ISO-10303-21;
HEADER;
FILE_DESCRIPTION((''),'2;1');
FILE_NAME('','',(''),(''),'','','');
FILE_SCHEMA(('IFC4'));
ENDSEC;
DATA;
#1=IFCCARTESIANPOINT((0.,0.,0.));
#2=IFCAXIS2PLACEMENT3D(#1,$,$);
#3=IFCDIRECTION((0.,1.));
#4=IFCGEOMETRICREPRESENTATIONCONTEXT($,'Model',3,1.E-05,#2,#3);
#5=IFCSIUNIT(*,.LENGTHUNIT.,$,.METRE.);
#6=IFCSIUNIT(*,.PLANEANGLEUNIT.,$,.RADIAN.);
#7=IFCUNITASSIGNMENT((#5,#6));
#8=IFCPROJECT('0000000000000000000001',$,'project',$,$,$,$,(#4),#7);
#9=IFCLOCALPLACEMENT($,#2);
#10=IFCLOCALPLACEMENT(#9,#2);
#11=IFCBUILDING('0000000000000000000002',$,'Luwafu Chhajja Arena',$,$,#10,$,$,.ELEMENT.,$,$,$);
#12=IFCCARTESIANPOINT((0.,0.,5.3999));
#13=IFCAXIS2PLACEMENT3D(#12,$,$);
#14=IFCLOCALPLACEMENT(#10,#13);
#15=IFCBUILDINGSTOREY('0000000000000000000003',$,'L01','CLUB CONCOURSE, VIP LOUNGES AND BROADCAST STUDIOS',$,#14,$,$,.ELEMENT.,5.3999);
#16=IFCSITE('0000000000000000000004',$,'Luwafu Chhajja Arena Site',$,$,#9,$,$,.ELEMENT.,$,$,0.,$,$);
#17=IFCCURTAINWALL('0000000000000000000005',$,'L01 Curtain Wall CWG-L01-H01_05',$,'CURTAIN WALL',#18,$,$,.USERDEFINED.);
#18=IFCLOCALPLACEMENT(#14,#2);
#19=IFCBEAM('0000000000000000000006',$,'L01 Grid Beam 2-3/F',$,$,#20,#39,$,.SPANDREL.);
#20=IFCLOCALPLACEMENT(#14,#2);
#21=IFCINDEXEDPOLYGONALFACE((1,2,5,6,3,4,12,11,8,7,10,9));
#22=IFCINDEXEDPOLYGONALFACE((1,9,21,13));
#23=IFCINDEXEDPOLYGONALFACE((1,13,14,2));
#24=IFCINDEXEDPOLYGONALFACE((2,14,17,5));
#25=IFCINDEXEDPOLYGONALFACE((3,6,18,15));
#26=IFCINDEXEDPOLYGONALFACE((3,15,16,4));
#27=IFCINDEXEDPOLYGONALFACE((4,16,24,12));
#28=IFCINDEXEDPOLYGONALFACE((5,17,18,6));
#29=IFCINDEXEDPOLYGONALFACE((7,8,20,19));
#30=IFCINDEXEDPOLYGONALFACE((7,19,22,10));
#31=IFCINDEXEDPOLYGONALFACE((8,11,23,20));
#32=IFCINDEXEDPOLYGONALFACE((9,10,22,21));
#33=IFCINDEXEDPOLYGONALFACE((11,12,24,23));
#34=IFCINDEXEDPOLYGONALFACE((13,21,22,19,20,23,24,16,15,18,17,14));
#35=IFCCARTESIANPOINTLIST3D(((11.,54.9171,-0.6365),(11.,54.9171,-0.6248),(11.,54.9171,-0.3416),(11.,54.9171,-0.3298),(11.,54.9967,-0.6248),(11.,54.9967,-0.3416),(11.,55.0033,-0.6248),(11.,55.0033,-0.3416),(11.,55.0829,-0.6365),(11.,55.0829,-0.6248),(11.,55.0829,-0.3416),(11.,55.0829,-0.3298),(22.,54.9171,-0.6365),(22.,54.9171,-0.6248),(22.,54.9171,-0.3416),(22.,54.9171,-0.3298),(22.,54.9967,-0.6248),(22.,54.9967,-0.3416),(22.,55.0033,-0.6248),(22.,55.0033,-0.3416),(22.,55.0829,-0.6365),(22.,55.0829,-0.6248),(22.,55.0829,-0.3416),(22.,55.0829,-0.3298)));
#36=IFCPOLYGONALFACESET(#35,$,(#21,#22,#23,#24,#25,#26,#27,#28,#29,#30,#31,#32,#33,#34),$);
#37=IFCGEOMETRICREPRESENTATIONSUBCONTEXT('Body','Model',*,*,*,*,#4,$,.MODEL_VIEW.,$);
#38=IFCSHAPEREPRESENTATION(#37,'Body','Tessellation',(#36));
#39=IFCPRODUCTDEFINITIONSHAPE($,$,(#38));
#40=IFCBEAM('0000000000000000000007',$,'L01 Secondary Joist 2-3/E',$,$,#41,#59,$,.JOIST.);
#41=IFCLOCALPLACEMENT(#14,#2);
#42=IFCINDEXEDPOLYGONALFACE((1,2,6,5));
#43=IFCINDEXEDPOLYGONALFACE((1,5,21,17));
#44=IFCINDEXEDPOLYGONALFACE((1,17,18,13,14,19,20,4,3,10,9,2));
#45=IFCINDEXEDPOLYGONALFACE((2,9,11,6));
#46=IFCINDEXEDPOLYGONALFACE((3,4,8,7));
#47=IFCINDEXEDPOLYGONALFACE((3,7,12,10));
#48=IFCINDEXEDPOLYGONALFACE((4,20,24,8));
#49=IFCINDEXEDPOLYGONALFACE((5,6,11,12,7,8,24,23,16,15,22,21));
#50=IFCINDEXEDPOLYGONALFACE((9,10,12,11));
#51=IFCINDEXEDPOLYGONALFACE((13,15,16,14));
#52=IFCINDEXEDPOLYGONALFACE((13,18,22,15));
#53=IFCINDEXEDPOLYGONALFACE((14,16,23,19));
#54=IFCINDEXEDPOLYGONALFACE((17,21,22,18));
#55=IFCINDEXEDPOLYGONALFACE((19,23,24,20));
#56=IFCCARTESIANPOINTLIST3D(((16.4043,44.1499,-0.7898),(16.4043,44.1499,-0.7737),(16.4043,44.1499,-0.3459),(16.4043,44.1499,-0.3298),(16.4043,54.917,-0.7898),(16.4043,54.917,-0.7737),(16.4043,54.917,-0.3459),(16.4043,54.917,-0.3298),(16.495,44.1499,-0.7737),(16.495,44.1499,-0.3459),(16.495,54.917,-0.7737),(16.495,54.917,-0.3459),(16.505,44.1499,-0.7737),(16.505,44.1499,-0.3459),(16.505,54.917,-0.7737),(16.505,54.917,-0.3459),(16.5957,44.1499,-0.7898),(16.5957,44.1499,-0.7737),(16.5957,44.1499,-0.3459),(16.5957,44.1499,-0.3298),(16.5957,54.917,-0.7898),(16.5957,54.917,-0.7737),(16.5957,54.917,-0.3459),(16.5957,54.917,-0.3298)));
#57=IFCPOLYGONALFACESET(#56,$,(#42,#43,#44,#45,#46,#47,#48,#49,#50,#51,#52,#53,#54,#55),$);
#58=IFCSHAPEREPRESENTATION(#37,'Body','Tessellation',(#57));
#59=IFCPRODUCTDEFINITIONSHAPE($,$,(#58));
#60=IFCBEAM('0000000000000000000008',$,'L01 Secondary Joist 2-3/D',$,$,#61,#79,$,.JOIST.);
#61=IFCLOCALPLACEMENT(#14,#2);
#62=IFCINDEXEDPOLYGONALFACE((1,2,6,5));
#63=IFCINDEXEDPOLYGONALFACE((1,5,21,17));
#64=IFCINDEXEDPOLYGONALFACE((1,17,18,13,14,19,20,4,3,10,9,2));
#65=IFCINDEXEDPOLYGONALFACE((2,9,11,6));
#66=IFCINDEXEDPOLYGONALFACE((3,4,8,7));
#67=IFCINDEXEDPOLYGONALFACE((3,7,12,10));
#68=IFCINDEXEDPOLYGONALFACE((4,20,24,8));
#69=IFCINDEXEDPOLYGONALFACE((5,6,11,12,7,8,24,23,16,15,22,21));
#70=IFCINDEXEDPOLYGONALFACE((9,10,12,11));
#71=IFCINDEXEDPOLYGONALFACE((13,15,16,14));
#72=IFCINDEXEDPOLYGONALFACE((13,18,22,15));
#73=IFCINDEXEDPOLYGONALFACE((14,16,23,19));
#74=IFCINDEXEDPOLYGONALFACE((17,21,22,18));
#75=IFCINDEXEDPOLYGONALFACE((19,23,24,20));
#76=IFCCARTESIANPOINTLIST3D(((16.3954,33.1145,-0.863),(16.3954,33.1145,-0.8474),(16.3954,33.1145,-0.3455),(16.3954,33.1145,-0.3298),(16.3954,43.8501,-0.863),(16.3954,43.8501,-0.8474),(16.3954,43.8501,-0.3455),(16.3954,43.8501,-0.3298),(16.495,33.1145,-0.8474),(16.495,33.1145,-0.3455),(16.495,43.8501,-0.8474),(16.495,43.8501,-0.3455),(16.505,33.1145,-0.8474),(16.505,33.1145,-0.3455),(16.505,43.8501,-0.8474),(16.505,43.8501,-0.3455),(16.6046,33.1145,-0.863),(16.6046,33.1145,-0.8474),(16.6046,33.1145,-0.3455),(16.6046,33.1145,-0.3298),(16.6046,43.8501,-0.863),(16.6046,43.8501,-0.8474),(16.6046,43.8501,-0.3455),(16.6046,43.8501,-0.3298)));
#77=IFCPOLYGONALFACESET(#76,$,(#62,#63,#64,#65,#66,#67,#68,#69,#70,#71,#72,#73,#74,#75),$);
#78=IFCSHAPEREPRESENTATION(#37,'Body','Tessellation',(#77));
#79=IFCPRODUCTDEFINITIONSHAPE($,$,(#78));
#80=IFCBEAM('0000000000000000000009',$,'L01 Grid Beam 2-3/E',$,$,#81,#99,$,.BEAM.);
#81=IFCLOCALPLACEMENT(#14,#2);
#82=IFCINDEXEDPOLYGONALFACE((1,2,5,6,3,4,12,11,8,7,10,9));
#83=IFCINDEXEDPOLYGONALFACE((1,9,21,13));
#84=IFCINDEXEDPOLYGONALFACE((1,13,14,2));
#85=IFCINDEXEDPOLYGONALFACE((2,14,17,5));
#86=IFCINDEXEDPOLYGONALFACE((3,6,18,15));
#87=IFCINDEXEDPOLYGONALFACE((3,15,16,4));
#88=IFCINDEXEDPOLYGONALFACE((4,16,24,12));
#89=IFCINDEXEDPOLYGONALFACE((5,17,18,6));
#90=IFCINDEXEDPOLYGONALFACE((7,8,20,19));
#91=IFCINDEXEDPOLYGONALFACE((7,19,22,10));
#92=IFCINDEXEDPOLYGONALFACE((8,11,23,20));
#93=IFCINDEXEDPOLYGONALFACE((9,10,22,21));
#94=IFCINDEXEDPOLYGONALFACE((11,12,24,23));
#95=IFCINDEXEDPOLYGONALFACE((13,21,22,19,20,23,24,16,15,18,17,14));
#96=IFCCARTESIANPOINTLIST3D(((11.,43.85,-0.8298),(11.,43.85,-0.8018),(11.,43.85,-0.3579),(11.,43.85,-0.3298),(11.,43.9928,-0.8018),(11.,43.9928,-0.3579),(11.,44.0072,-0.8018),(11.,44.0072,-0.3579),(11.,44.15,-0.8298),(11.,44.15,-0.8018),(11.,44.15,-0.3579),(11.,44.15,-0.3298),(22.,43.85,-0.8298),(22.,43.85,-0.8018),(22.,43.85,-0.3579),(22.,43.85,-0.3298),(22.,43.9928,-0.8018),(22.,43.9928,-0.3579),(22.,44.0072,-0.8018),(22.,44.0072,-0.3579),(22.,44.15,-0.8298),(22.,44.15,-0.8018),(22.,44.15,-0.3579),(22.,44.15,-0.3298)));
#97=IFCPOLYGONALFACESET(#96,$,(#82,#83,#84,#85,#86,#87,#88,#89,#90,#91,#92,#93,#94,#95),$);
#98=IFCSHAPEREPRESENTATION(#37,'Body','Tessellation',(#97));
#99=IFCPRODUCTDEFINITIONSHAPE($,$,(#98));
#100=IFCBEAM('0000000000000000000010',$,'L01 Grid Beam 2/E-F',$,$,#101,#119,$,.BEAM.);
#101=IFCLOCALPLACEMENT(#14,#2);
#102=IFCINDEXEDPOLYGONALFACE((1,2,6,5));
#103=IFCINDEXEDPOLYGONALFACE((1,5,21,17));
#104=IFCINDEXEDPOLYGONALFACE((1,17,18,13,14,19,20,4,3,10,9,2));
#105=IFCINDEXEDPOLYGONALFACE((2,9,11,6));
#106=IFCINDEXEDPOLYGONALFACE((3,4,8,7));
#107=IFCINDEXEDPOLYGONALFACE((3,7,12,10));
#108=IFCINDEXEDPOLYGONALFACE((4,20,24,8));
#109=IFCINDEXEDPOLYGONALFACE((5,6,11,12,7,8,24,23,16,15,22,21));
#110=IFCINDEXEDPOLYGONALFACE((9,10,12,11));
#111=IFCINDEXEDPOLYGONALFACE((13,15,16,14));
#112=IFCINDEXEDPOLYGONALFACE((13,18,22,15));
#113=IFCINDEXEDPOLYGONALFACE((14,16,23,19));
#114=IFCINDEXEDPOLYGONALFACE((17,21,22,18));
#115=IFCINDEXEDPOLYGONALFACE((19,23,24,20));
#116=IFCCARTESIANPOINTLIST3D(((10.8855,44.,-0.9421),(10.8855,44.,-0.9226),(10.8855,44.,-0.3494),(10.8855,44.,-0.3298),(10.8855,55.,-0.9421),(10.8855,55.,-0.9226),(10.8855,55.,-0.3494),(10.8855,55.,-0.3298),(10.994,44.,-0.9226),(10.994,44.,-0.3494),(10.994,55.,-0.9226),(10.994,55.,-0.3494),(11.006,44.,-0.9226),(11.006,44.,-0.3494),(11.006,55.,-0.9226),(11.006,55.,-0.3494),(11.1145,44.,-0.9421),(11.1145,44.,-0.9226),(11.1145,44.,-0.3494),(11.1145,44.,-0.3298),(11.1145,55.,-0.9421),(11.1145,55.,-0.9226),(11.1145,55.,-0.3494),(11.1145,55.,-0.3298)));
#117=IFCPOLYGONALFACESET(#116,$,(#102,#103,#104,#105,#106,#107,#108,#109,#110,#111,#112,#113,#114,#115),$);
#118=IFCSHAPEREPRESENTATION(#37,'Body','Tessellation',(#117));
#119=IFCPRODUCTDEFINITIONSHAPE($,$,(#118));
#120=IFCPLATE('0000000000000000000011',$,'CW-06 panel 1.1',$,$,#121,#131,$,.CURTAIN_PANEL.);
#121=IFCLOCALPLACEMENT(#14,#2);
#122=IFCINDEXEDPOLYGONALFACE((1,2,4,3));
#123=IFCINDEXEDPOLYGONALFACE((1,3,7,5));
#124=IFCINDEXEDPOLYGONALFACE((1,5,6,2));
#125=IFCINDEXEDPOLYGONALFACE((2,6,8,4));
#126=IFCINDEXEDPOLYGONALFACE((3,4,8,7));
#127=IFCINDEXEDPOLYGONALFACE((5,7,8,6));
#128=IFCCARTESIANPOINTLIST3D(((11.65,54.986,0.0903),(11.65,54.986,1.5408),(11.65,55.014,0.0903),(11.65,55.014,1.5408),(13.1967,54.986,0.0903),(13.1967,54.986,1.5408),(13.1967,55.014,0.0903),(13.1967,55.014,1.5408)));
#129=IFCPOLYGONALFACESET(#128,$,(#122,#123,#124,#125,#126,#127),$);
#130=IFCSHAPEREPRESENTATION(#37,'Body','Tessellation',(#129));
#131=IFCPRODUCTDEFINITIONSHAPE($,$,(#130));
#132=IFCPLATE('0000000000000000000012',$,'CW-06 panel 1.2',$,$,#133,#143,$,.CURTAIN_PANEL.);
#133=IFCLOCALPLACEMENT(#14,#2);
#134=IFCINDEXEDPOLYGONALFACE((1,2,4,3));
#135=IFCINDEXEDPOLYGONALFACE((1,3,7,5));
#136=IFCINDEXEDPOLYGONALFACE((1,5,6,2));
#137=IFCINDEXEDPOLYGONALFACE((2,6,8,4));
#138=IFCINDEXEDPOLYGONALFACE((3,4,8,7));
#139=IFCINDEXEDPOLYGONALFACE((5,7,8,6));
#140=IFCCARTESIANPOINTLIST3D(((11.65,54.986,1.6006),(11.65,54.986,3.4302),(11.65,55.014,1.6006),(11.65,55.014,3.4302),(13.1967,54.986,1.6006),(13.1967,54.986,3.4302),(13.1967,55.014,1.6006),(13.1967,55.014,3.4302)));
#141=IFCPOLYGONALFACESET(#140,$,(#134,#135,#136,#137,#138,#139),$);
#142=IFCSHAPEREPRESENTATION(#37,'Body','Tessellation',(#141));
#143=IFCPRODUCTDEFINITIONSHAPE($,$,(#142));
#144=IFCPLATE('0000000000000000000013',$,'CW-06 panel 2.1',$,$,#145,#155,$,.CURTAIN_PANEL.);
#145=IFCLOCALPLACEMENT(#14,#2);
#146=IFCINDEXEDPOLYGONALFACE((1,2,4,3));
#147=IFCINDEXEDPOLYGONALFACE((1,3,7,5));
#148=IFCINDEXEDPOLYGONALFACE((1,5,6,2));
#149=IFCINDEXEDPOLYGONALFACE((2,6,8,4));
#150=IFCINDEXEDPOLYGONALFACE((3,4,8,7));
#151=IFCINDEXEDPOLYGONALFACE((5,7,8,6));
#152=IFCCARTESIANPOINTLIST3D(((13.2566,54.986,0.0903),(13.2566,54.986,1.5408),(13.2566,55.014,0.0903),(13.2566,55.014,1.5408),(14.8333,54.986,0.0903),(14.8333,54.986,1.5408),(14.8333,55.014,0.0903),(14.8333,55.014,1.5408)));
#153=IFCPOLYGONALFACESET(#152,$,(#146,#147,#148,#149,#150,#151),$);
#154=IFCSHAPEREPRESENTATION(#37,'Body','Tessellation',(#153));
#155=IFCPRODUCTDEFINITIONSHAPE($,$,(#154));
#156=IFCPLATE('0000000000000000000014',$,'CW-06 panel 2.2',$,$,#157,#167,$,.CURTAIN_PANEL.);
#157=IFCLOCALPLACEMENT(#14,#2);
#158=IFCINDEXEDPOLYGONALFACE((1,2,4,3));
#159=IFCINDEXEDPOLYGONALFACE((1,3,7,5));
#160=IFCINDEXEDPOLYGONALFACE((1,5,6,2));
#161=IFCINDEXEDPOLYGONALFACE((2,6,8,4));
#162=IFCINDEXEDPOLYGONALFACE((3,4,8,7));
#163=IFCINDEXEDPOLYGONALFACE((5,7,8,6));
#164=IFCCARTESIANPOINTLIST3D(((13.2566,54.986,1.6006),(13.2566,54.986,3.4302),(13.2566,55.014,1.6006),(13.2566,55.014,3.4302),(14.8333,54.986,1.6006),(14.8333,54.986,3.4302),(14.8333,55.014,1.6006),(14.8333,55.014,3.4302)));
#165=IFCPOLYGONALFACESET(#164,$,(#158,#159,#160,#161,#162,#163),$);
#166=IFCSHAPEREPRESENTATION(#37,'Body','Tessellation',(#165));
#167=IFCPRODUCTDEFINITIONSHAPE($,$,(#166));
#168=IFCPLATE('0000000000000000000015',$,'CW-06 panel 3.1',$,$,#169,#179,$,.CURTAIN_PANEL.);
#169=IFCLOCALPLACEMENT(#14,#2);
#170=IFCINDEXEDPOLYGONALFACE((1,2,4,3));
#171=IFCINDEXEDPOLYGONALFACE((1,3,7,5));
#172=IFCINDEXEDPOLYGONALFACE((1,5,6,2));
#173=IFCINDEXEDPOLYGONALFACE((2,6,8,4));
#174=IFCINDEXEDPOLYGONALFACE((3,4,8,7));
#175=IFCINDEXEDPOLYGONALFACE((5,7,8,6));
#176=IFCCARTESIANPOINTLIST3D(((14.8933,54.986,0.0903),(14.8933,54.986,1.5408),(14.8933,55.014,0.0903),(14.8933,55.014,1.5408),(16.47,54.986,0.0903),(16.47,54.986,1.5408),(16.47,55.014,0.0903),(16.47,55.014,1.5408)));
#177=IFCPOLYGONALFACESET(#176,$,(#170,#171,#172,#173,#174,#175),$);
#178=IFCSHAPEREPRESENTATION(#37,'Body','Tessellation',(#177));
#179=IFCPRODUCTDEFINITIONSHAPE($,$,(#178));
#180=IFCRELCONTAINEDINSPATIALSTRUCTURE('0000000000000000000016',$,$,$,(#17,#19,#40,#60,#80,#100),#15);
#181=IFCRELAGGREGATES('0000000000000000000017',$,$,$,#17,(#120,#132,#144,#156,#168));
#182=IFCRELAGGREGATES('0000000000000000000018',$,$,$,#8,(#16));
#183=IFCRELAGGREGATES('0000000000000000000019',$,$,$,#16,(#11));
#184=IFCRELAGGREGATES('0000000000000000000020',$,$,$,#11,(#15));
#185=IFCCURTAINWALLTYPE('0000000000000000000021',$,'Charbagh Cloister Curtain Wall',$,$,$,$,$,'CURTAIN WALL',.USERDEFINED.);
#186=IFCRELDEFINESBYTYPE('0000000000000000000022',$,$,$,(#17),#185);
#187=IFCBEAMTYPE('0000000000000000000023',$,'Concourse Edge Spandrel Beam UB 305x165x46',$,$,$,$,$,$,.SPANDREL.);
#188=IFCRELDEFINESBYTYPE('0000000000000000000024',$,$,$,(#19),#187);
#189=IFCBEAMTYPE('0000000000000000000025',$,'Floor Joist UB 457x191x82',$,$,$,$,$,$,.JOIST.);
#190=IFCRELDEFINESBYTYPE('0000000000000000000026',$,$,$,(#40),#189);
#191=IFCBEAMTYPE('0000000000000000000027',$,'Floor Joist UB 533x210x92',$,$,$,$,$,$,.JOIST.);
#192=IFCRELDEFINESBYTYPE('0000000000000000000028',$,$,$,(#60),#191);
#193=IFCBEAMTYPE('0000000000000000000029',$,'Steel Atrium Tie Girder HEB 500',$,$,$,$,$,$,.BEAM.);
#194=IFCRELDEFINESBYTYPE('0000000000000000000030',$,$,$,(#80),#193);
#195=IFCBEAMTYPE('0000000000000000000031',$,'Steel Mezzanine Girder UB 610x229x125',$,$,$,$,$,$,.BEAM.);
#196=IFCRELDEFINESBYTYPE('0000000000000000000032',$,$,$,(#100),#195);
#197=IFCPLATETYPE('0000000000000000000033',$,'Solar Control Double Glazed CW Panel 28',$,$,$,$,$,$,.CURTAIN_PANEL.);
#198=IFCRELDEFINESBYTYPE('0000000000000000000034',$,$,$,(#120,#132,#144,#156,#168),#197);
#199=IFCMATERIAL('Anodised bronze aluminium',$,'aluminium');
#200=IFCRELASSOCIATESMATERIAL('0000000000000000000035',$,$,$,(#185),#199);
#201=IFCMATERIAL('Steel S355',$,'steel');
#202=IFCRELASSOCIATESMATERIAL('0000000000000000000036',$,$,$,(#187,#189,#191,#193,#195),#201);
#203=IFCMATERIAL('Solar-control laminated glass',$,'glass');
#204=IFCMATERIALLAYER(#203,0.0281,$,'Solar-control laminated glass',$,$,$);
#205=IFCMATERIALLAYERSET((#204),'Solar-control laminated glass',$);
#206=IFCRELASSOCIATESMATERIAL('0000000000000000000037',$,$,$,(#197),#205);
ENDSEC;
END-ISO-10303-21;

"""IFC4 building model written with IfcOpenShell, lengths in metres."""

from ifc_helpers import new_model, si_unit, direction, frame, origin, origin_2d, place, context, subcontext, project, spatial, rectangle, i_section, extrude, material, layer, layer_set, material_profile, profile_set, type_object, element, aggregate, save


model = new_model("IFC4")

# Units and contexts
model_context = context("Model", 3, precision=1e-05, world=origin(), true_north=direction((0.0, 1.0)))
body_context = subcontext(model_context, "Body", "Model", "MODEL_VIEW")
ifc_project = project(units=[si_unit("LENGTHUNIT", "METRE"), si_unit("PLANEANGLEUNIT", "RADIAN")], contexts=[model_context])

# Site, building, storey
site_placement = place(None, origin())
site = spatial("IfcSite", under=ifc_project, at=site_placement, Name="Luwafu Chhajja Arena Site", CompositionType="ELEMENT", RefElevation=0.0)
building_placement = place(site_placement, origin())
building = spatial("IfcBuilding", under=site, at=building_placement, Name="Luwafu Chhajja Arena", CompositionType="ELEMENT")
storey_placement = place(building_placement, frame((0.0, 0.0, 5.3999)))
storey = spatial("IfcBuildingStorey", under=building, at=storey_placement, Name="L01", Description="CLUB CONCOURSE, VIP LOUNGES AND BROADCAST STUDIOS", CompositionType="ELEMENT", Elevation=5.3999)

# Curtain wall
ifc_material_1 = material(Name="Anodised bronze aluminium", Category="aluminium")
curtain_wall_type = type_object("IfcCurtainWallType", Name="Charbagh Cloister Curtain Wall", ElementType="CURTAIN WALL", PredefinedType="USERDEFINED", material=ifc_material_1)
curtain_wall_placement = place(storey_placement, origin())
curtain_wall = element("IfcCurtainWall", 1, at=curtain_wall_placement, inside=storey, type_object=curtain_wall_type, Name="L01 Curtain Wall CWG-L01-H01_05", ObjectType="CURTAIN WALL", PredefinedType="USERDEFINED")

# Beams
ifc_material_2 = material(Name="Steel S355", Category="steel")
ifc_material_profile_1 = material_profile(ifc_material_2, i_section(OverallWidth=0.1658, OverallDepth=0.3066, WebThickness=0.0066, FlangeThickness=0.0117, at=origin_2d()), Name="UB 305x165x46")
ifc_profile_set_1 = profile_set([ifc_material_profile_1], Name="Steel S355")
beam_type_1 = type_object("IfcBeamType", Name="Concourse Edge Spandrel Beam UB 305x165x46", PredefinedType="SPANDREL", material=ifc_profile_set_1)
beam_1_placement = place(storey_placement, frame((11.0, 55.0, -0.4832), z_axis=(1.0, 0.0, 0.0), x_axis=(0.0, 1.0, 0.0)))
element("IfcBeam", 2, at=beam_1_placement, inside=storey, type_object=beam_type_1, Name="L01 Grid Beam 2-3/F", PredefinedType="SPANDREL", context=body_context, shape_type="SweptSolid", body=[
    extrude(i_section(OverallWidth=0.1658, OverallDepth=0.3066, WebThickness=0.0066, FlangeThickness=0.0117, at=origin_2d()), origin(), (0.0, 0.0, 1.0), 11.0),
])
ifc_material_profile_2 = material_profile(ifc_material_2, i_section(OverallWidth=0.1914, OverallDepth=0.46, WebThickness=0.01, FlangeThickness=0.0161, at=origin_2d()), Name="UB 457x191x82")
ifc_profile_set_2 = profile_set([ifc_material_profile_2], Name="Steel S355")
beam_type_2 = type_object("IfcBeamType", Name="Floor Joist UB 457x191x82", PredefinedType="JOIST", material=ifc_profile_set_2)
beam_2_placement = place(storey_placement, frame((16.5, 44.1499, -0.5598), z_axis=(0.0, 1.0, 0.0), x_axis=(-1.0, 0.0, 0.0)))
element("IfcBeam", 3, at=beam_2_placement, inside=storey, type_object=beam_type_2, Name="L01 Secondary Joist 2-3/E", PredefinedType="JOIST", context=body_context, shape_type="SweptSolid", body=[
    extrude(i_section(OverallWidth=0.1914, OverallDepth=0.46, WebThickness=0.01, FlangeThickness=0.0161, at=origin_2d()), origin(), (0.0, 0.0, 1.0), 10.7671),
])
ifc_material_profile_3 = material_profile(ifc_material_2, i_section(OverallWidth=0.2092, OverallDepth=0.5332, WebThickness=0.01, FlangeThickness=0.0156, at=origin_2d()), Name="UB 533x210x92")
ifc_profile_set_3 = profile_set([ifc_material_profile_3], Name="Steel S355")
beam_type_3 = type_object("IfcBeamType", Name="Floor Joist UB 533x210x92", PredefinedType="JOIST", material=ifc_profile_set_3)
beam_3_placement = place(storey_placement, frame((16.5, 33.1145, -0.5964), z_axis=(0.0, 1.0, 0.0), x_axis=(-1.0, 0.0, 0.0)))
element("IfcBeam", 4, at=beam_3_placement, inside=storey, type_object=beam_type_3, Name="L01 Secondary Joist 2-3/D", PredefinedType="JOIST", context=body_context, shape_type="SweptSolid", body=[
    extrude(i_section(OverallWidth=0.2092, OverallDepth=0.5332, WebThickness=0.01, FlangeThickness=0.0156, at=origin_2d()), origin(), (0.0, 0.0, 1.0), 10.7356),
])
ifc_material_profile_4 = material_profile(ifc_material_2, i_section(OverallWidth=0.3, OverallDepth=0.5, WebThickness=0.0144, FlangeThickness=0.0281, at=origin_2d()), Name="HEB 500")
ifc_profile_set_4 = profile_set([ifc_material_profile_4], Name="Steel S355")
beam_type_4 = type_object("IfcBeamType", Name="Steel Atrium Tie Girder HEB 500", PredefinedType="BEAM", material=ifc_profile_set_4)
beam_4_placement = place(storey_placement, frame((11.0, 44.0, -0.5798), z_axis=(1.0, 0.0, 0.0), x_axis=(0.0, 1.0, 0.0)))
element("IfcBeam", 5, at=beam_4_placement, inside=storey, type_object=beam_type_4, Name="L01 Grid Beam 2-3/E", PredefinedType="BEAM", context=body_context, shape_type="SweptSolid", body=[
    extrude(i_section(OverallWidth=0.3, OverallDepth=0.5, WebThickness=0.0144, FlangeThickness=0.0281, at=origin_2d()), origin(), (0.0, 0.0, 1.0), 11.0),
])
ifc_material_profile_5 = material_profile(ifc_material_2, i_section(OverallWidth=0.229, OverallDepth=0.6123, WebThickness=0.012, FlangeThickness=0.0195, at=origin_2d()), Name="UB 610x229x125")
ifc_profile_set_5 = profile_set([ifc_material_profile_5], Name="Steel S355")
beam_type_5 = type_object("IfcBeamType", Name="Steel Mezzanine Girder UB 610x229x125", PredefinedType="BEAM", material=ifc_profile_set_5)
beam_5_placement = place(storey_placement, frame((11.0, 44.0, -0.636), z_axis=(0.0, 1.0, 0.0), x_axis=(-1.0, 0.0, 0.0)))
element("IfcBeam", 6, at=beam_5_placement, inside=storey, type_object=beam_type_5, Name="L01 Grid Beam 2/E-F", PredefinedType="BEAM", context=body_context, shape_type="SweptSolid", body=[
    extrude(i_section(OverallWidth=0.229, OverallDepth=0.6123, WebThickness=0.012, FlangeThickness=0.0195, at=origin_2d()), origin(), (0.0, 0.0, 1.0), 11.0),
])

# Plates
ifc_material_3 = material(Name="Solar-control laminated glass", Category="glass")
ifc_layer_1 = layer(ifc_material_3, 0.0281, Name="Solar-control laminated glass")
ifc_layer_set_1 = layer_set([ifc_layer_1], Name="Solar-control laminated glass")
plate_type = type_object("IfcPlateType", Name="Solar Control Double Glazed CW Panel 28", PredefinedType="CURTAIN_PANEL", material=ifc_layer_set_1)
plate_1_placement = place(storey_placement, frame((12.4233, 55.0, 0.0903), z_axis=(0.0, 0.0, 1.0), x_axis=(1.0, 0.0, 0.0)))
plate_1 = element("IfcPlate", 7, at=plate_1_placement, type_object=plate_type, Name="CW-06 panel 1.1", PredefinedType="CURTAIN_PANEL", context=body_context, shape_type="SweptSolid", body=[
    extrude(rectangle(XDim=1.5466, YDim=0.0281, at=origin_2d()), origin(), (0.0, 0.0, 1.0), 1.4504),
])
plate_2_placement = place(storey_placement, frame((12.4233, 55.0, 1.6006), z_axis=(0.0, 0.0, 1.0), x_axis=(1.0, 0.0, 0.0)))
plate_2 = element("IfcPlate", 8, at=plate_2_placement, type_object=plate_type, Name="CW-06 panel 1.2", PredefinedType="CURTAIN_PANEL", context=body_context, shape_type="SweptSolid", body=[
    extrude(rectangle(XDim=1.5466, YDim=0.0281, at=origin_2d()), origin(), (0.0, 0.0, 1.0), 1.8296),
])
plate_3_placement = place(storey_placement, frame((14.0449, 55.0, 0.0903), z_axis=(0.0, 0.0, 1.0), x_axis=(1.0, 0.0, 0.0)))
plate_3 = element("IfcPlate", 9, at=plate_3_placement, type_object=plate_type, Name="CW-06 panel 2.1", PredefinedType="CURTAIN_PANEL", context=body_context, shape_type="SweptSolid", body=[
    extrude(rectangle(XDim=1.5767, YDim=0.0281, at=origin_2d()), origin(), (0.0, 0.0, 1.0), 1.4504),
])
plate_4_placement = place(storey_placement, frame((14.0449, 55.0, 1.6006), z_axis=(0.0, 0.0, 1.0), x_axis=(1.0, 0.0, 0.0)))
plate_4 = element("IfcPlate", 10, at=plate_4_placement, type_object=plate_type, Name="CW-06 panel 2.2", PredefinedType="CURTAIN_PANEL", context=body_context, shape_type="SweptSolid", body=[
    extrude(rectangle(XDim=1.5767, YDim=0.0281, at=origin_2d()), origin(), (0.0, 0.0, 1.0), 1.8296),
])
plate_5_placement = place(storey_placement, frame((15.6816, 55.0, 0.0903), z_axis=(0.0, 0.0, 1.0), x_axis=(1.0, 0.0, 0.0)))
plate_5 = element("IfcPlate", 11, at=plate_5_placement, type_object=plate_type, Name="CW-06 panel 3.1", PredefinedType="CURTAIN_PANEL", context=body_context, shape_type="SweptSolid", body=[
    extrude(rectangle(XDim=1.5767, YDim=0.0281, at=origin_2d()), origin(), (0.0, 0.0, 1.0), 1.4504),
])
aggregate(curtain_wall, [plate_1, plate_2, plate_3, plate_4, plate_5])

save(model, "model.ifc")
